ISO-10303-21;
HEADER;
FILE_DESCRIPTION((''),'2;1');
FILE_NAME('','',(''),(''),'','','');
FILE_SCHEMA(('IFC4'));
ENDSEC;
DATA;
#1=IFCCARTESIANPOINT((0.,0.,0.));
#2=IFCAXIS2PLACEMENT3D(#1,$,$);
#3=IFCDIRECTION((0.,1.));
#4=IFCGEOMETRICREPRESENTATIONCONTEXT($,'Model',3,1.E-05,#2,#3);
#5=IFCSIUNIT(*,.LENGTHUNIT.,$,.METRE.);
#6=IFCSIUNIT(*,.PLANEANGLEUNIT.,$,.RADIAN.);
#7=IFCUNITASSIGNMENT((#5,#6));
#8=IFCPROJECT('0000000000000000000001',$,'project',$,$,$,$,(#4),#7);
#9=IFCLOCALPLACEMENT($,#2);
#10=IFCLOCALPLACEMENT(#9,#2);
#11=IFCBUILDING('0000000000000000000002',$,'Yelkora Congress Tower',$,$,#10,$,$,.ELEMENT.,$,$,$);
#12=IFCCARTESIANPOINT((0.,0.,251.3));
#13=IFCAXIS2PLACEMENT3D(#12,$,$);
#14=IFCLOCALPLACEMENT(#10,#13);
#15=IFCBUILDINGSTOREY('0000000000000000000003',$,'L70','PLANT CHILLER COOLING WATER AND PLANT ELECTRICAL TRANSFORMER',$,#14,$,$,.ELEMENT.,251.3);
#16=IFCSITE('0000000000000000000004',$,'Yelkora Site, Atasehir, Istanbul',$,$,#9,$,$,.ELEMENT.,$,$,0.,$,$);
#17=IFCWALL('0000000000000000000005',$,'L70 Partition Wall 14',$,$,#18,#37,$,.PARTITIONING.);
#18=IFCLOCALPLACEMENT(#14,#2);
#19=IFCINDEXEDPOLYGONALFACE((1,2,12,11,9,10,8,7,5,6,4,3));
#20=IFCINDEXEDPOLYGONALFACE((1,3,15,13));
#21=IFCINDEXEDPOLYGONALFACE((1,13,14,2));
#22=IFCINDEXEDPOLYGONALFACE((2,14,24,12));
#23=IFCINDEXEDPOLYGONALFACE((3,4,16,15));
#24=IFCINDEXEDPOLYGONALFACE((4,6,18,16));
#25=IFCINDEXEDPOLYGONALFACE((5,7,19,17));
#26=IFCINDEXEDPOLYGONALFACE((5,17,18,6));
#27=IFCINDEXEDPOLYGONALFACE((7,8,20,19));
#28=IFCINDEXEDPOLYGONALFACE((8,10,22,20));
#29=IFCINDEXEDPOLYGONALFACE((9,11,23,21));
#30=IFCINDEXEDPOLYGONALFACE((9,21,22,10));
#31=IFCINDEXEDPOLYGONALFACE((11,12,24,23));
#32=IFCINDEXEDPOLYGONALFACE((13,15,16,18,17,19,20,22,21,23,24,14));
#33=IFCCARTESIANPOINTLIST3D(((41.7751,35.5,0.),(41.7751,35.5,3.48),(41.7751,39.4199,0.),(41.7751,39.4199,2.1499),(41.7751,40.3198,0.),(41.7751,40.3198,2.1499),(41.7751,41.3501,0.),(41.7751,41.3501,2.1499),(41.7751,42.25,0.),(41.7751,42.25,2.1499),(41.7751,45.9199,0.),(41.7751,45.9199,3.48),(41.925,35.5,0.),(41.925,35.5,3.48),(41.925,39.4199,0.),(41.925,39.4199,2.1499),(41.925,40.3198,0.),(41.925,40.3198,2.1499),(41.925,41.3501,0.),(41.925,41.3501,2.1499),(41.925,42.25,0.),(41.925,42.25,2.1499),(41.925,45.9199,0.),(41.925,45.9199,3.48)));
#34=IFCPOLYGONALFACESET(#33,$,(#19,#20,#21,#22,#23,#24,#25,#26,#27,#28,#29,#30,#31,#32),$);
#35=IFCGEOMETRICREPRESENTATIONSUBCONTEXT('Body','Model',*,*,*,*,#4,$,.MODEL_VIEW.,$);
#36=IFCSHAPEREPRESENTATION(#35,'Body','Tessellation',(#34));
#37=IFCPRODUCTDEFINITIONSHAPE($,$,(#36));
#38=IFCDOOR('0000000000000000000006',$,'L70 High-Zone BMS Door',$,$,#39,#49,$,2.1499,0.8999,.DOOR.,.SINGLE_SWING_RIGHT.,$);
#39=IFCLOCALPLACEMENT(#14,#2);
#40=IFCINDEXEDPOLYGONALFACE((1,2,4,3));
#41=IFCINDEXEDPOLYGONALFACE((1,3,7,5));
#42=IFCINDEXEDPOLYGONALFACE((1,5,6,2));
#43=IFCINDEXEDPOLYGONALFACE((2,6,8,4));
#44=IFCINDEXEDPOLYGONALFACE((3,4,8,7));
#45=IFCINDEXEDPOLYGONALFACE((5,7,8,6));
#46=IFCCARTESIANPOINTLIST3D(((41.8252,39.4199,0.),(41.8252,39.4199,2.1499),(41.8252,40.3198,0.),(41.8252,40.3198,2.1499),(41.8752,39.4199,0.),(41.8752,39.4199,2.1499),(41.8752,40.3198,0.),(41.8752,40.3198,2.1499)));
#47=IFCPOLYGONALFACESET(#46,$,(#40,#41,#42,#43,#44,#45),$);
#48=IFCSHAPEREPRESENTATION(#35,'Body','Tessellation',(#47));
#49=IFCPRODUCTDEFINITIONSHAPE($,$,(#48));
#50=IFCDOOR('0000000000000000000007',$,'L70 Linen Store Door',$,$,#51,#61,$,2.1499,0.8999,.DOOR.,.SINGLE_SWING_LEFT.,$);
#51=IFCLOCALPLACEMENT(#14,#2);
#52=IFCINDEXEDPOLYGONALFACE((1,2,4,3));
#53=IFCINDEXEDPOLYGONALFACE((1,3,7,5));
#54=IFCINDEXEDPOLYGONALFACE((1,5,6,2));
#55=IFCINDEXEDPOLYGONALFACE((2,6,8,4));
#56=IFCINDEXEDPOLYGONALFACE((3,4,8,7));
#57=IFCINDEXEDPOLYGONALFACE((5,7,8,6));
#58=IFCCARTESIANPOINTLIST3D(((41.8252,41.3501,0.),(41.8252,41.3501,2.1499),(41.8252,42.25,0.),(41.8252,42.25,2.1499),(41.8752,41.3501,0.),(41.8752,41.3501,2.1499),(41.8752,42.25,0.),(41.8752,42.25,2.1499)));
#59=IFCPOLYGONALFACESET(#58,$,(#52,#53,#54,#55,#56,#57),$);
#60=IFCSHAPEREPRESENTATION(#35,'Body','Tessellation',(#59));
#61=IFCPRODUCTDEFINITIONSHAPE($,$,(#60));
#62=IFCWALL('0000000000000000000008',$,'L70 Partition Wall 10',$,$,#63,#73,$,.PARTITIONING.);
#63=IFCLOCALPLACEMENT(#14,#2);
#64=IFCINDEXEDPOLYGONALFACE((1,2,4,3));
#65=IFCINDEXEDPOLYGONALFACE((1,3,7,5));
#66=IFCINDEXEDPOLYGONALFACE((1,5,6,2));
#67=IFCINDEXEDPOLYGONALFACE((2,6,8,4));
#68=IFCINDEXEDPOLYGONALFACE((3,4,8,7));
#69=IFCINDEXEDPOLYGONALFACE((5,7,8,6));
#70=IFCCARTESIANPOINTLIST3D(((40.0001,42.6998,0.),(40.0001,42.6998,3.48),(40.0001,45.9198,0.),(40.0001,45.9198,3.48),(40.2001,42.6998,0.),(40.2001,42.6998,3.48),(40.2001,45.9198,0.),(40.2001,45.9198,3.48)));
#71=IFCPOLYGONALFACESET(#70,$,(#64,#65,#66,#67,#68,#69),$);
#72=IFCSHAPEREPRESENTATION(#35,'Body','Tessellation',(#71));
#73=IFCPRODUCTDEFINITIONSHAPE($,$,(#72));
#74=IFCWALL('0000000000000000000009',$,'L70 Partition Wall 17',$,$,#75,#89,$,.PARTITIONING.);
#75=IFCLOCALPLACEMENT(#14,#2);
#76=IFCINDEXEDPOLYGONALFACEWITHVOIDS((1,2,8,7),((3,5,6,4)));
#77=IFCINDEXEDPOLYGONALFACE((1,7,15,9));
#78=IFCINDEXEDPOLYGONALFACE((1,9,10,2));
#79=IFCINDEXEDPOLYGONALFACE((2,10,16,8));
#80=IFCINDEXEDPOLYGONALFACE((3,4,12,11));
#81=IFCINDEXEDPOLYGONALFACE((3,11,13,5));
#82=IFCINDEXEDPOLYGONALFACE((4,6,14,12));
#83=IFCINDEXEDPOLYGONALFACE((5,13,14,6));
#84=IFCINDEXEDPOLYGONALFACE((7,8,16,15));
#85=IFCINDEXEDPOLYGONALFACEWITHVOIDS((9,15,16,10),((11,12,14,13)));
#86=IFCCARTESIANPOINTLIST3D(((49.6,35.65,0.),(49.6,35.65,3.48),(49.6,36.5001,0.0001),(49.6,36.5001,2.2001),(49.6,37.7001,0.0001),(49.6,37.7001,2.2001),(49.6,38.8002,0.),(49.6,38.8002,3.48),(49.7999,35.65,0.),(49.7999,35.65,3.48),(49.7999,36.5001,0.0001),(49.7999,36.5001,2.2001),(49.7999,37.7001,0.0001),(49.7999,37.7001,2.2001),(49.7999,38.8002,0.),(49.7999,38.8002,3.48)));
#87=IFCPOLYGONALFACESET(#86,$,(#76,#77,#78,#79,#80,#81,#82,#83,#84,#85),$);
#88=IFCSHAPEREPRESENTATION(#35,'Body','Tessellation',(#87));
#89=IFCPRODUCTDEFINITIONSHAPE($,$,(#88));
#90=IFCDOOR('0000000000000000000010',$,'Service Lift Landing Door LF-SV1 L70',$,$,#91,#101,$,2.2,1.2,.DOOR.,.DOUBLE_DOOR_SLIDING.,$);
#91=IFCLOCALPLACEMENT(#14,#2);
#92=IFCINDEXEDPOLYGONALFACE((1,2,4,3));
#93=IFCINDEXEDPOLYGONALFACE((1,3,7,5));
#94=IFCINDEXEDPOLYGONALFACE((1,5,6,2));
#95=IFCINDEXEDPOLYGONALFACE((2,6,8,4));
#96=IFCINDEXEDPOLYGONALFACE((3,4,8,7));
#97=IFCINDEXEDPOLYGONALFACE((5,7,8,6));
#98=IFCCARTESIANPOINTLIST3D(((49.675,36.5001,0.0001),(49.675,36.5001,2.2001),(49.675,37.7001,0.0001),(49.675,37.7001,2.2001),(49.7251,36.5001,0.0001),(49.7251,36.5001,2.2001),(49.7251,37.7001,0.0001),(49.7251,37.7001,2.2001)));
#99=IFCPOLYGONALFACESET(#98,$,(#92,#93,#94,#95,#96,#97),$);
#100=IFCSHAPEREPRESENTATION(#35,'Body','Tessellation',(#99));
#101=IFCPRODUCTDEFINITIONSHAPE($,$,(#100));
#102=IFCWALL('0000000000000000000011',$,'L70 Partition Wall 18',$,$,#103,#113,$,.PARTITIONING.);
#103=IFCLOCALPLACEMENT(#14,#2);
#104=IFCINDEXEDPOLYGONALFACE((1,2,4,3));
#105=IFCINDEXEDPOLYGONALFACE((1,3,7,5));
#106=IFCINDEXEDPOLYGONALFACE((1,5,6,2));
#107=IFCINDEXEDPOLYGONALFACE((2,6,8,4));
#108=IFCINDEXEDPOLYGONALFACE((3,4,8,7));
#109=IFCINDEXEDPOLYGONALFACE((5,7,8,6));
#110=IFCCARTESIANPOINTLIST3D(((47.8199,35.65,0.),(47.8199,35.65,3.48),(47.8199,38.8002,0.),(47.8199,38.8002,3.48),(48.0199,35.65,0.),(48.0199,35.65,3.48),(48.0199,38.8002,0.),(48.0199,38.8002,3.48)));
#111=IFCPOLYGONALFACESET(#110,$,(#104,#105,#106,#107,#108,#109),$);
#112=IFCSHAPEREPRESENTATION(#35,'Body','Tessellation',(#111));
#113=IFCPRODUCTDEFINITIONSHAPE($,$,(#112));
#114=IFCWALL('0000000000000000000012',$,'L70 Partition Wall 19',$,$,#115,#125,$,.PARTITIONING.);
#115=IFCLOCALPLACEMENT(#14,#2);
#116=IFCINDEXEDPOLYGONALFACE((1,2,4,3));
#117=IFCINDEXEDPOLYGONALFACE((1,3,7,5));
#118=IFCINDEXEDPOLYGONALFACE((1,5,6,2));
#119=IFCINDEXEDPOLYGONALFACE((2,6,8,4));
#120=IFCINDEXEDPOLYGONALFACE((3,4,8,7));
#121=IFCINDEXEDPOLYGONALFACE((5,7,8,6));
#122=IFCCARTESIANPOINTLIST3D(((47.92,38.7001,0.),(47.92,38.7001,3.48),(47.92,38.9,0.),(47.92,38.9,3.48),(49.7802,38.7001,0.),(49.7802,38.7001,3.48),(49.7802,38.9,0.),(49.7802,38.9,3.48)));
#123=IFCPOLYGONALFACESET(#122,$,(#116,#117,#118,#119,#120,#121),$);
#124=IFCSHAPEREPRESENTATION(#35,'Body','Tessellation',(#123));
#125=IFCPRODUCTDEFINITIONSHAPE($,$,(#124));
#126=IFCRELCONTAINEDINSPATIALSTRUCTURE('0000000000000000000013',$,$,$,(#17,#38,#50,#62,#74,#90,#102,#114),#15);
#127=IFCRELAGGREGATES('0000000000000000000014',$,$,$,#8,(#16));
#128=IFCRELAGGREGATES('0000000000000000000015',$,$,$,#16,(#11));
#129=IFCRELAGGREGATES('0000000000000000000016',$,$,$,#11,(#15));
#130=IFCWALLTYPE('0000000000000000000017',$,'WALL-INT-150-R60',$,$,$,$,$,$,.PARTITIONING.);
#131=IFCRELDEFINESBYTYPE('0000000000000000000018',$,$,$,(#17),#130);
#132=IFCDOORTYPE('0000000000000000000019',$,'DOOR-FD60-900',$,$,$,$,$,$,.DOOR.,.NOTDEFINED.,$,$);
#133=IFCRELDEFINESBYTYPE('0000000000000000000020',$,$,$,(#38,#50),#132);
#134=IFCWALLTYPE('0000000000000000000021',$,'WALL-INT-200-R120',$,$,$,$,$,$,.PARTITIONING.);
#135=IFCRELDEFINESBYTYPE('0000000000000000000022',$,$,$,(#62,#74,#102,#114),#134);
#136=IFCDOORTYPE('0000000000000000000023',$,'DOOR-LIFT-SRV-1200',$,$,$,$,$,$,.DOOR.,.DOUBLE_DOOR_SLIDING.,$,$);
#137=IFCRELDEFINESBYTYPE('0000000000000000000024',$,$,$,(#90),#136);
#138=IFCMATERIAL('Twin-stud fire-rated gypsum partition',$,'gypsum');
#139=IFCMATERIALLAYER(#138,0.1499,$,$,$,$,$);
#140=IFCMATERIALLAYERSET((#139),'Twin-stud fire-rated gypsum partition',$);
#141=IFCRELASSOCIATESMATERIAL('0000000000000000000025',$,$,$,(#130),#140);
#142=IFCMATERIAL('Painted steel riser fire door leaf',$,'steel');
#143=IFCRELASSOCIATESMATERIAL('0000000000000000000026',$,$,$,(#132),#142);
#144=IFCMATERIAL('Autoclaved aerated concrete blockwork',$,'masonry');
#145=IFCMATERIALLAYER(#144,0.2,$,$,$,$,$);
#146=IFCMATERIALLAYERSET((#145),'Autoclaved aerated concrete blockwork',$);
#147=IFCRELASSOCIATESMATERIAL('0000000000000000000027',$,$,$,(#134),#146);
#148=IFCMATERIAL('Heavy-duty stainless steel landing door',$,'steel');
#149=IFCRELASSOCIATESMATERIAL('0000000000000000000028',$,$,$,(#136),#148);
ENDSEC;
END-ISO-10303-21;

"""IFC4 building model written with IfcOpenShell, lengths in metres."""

from ifc_helpers import new_model, si_unit, direction, frame, frame_2d, origin, place, context, subcontext, project, spatial, rectangle, extrude, material, layer, layer_set, type_object, element, fill, save


model = new_model("IFC4")

# Units and contexts
model_context = context("Model", 3, precision=1e-05, world=origin(), true_north=direction((0.0, 1.0)))
body_context = subcontext(model_context, "Body", "Model", "MODEL_VIEW")
ifc_project = project(units=[si_unit("LENGTHUNIT", "METRE"), si_unit("PLANEANGLEUNIT", "RADIAN")], contexts=[model_context])

# Site, building, storey
site_placement = place(None, origin())
site = spatial("IfcSite", under=ifc_project, at=site_placement, Name="Yelkora Site, Atasehir, Istanbul", CompositionType="ELEMENT", RefElevation=0.0)
building_placement = place(site_placement, origin())
building = spatial("IfcBuilding", under=site, at=building_placement, Name="Yelkora Congress Tower", CompositionType="ELEMENT")
storey_placement = place(building_placement, frame((0.0, 0.0, 251.3)))
storey = spatial("IfcBuildingStorey", under=building, at=storey_placement, Name="L70", Description="PLANT CHILLER COOLING WATER AND PLANT ELECTRICAL TRANSFORMER", CompositionType="ELEMENT", Elevation=251.3)

# Shared definitions
ifc_material_1 = material(Name="Twin-stud fire-rated gypsum partition", Category="gypsum")
ifc_layer_1 = layer(ifc_material_1, 0.1499)
ifc_layer_set_1 = layer_set([ifc_layer_1], Name="Twin-stud fire-rated gypsum partition")
wall_type_1 = type_object("IfcWallType", Name="WALL-INT-150-R60", PredefinedType="PARTITIONING", material=ifc_layer_set_1)

# Wall, openings, doors
wall_1_placement = place(storey_placement, frame((41.8501, 35.5, 0.0), z_axis=(0.0, 0.0, 1.0), x_axis=(0.0, 1.0, 0.0)))
wall_1 = element("IfcWall", 1, at=wall_1_placement, inside=storey, type_object=wall_type_1, Name="L70 Partition Wall 14", PredefinedType="PARTITIONING", context=body_context, shape_type="SweptSolid", body=[
    extrude(rectangle(XDim=10.4199, YDim=0.1499, at=frame_2d((5.21, 0.0))), origin(), (0.0, 0.0, 1.0), 3.48),
])
opening_1_placement = place(wall_1_placement, frame((3.9199, 0.0, 0.0)))
opening_1 = element("IfcOpeningElement", 2, at=opening_1_placement, cuts=wall_1, PredefinedType="OPENING", context=body_context, shape_type="SweptSolid", body=[
    extrude(rectangle(XDim=0.8999, YDim=2.1499, at=frame_2d((0.45, 1.075))), frame((0.0, 0.085, 0.0), z_axis=(0.0, -1.0, 0.0), x_axis=(1.0, 0.0, 0.0)), (0.0, 0.0, 1.0), 0.1699),
])
opening_2_placement = place(wall_1_placement, frame((5.8501, 0.0, 0.0)))
opening_2 = element("IfcOpeningElement", 3, at=opening_2_placement, cuts=wall_1, PredefinedType="OPENING", context=body_context, shape_type="SweptSolid", body=[
    extrude(rectangle(XDim=0.8999, YDim=2.1499, at=frame_2d((0.45, 1.075))), frame((0.0, 0.085, 0.0), z_axis=(0.0, -1.0, 0.0), x_axis=(1.0, 0.0, 0.0)), (0.0, 0.0, 1.0), 0.1699),
])
ifc_material_2 = material(Name="Painted steel riser fire door leaf", Category="steel")
door_type_1 = type_object("IfcDoorType", Name="DOOR-FD60-900", OperationType="NOTDEFINED", PredefinedType="DOOR", material=ifc_material_2)
door_1_placement = place(opening_1_placement, origin())
door_1 = element("IfcDoor", 4, at=door_1_placement, inside=storey, type_object=door_type_1, Name="L70 High-Zone BMS Door", OperationType="SINGLE_SWING_RIGHT", OverallHeight=2.1499, OverallWidth=0.8999, PredefinedType="DOOR", context=body_context, shape_type="SweptSolid", body=[
    extrude(rectangle(XDim=0.8999, YDim=2.1499, at=frame_2d((0.45, 1.075))), frame((0.0, 0.0249, 0.0), z_axis=(0.0, -1.0, 0.0), x_axis=(1.0, 0.0, 0.0)), (0.0, 0.0, 1.0), 0.05),
])
fill(opening_1, door_1)
door_2_placement = place(opening_2_placement, origin())
door_2 = element("IfcDoor", 5, at=door_2_placement, inside=storey, type_object=door_type_1, Name="L70 Linen Store Door", OperationType="SINGLE_SWING_LEFT", OverallHeight=2.1499, OverallWidth=0.8999, PredefinedType="DOOR", context=body_context, shape_type="SweptSolid", body=[
    extrude(rectangle(XDim=0.8999, YDim=2.1499, at=frame_2d((0.45, 1.075))), frame((0.0, 0.0249, 0.0), z_axis=(0.0, -1.0, 0.0), x_axis=(1.0, 0.0, 0.0)), (0.0, 0.0, 1.0), 0.05),
])
fill(opening_2, door_2)

# Wall
ifc_material_3 = material(Name="Autoclaved aerated concrete blockwork", Category="masonry")
ifc_layer_2 = layer(ifc_material_3, 0.2)
ifc_layer_set_2 = layer_set([ifc_layer_2], Name="Autoclaved aerated concrete blockwork")
wall_type_2 = type_object("IfcWallType", Name="WALL-INT-200-R120", PredefinedType="PARTITIONING", material=ifc_layer_set_2)
wall_2_placement = place(storey_placement, frame((40.1001, 42.7, 0.0), z_axis=(0.0, 0.0, 1.0), x_axis=(0.0, 1.0, 0.0)))
element("IfcWall", 6, at=wall_2_placement, inside=storey, type_object=wall_type_2, Name="L70 Partition Wall 10", PredefinedType="PARTITIONING", context=body_context, shape_type="SweptSolid", body=[
    extrude(rectangle(XDim=3.22, YDim=0.2, at=frame_2d((1.6099, 0.0))), origin(), (0.0, 0.0, 1.0), 3.48),
])

# Wall, opening, door
wall_3_placement = place(storey_placement, frame((49.7, 35.6499, 0.0), z_axis=(0.0, 0.0, 1.0), x_axis=(0.0, 1.0, 0.0)))
wall_3 = element("IfcWall", 7, at=wall_3_placement, inside=storey, type_object=wall_type_2, Name="L70 Partition Wall 17", PredefinedType="PARTITIONING", context=body_context, shape_type="SweptSolid", body=[
    extrude(rectangle(XDim=3.1501, YDim=0.2, at=frame_2d((1.5752, 0.0))), origin(), (0.0, 0.0, 1.0), 3.48),
])
opening_3_placement = place(wall_3_placement, frame((0.8501, 0.0, 0.0)))
opening_3 = element("IfcOpeningElement", 8, at=opening_3_placement, cuts=wall_3, PredefinedType="OPENING", context=body_context, shape_type="SweptSolid", body=[
    extrude(rectangle(XDim=1.2, YDim=2.2, at=frame_2d((0.6001, 1.1001))), frame((0.0, 0.1099, 0.0), z_axis=(0.0, -1.0, 0.0), x_axis=(1.0, 0.0, 0.0)), (0.0, 0.0, 1.0), 0.22),
])
ifc_material_4 = material(Name="Heavy-duty stainless steel landing door", Category="steel")
door_type_2 = type_object("IfcDoorType", Name="DOOR-LIFT-SRV-1200", OperationType="DOUBLE_DOOR_SLIDING", PredefinedType="DOOR", material=ifc_material_4)
door_3_placement = place(opening_3_placement, origin())
door_3 = element("IfcDoor", 9, at=door_3_placement, inside=storey, type_object=door_type_2, Name="Service Lift Landing Door LF-SV1 L70", OperationType="DOUBLE_DOOR_SLIDING", OverallHeight=2.2, OverallWidth=1.2, PredefinedType="DOOR", context=body_context, shape_type="SweptSolid", body=[
    extrude(rectangle(XDim=1.2, YDim=2.2, at=frame_2d((0.6001, 1.1001))), frame((0.0, 0.0249, 0.0), z_axis=(0.0, -1.0, 0.0), x_axis=(1.0, 0.0, 0.0)), (0.0, 0.0, 1.0), 0.05),
])
fill(opening_3, door_3)

# Walls
wall_4_placement = place(storey_placement, frame((47.9199, 35.6499, 0.0), z_axis=(0.0, 0.0, 1.0), x_axis=(0.0, 1.0, 0.0)))
element("IfcWall", 10, at=wall_4_placement, inside=storey, type_object=wall_type_2, Name="L70 Partition Wall 18", PredefinedType="PARTITIONING", context=body_context, shape_type="SweptSolid", body=[
    extrude(rectangle(XDim=3.1501, YDim=0.2, at=frame_2d((1.5752, 0.0))), origin(), (0.0, 0.0, 1.0), 3.48),
])
wall_5_placement = place(storey_placement, frame((47.9199, 38.8, 0.0), z_axis=(0.0, 0.0, 1.0), x_axis=(1.0, 0.0, 0.0)))
element("IfcWall", 11, at=wall_5_placement, inside=storey, type_object=wall_type_2, Name="L70 Partition Wall 19", PredefinedType="PARTITIONING", context=body_context, shape_type="SweptSolid", body=[
    extrude(rectangle(XDim=1.8601, YDim=0.2, at=frame_2d((0.9302, 0.0))), origin(), (0.0, 0.0, 1.0), 3.48),
])

save(model, "model.ifc")
